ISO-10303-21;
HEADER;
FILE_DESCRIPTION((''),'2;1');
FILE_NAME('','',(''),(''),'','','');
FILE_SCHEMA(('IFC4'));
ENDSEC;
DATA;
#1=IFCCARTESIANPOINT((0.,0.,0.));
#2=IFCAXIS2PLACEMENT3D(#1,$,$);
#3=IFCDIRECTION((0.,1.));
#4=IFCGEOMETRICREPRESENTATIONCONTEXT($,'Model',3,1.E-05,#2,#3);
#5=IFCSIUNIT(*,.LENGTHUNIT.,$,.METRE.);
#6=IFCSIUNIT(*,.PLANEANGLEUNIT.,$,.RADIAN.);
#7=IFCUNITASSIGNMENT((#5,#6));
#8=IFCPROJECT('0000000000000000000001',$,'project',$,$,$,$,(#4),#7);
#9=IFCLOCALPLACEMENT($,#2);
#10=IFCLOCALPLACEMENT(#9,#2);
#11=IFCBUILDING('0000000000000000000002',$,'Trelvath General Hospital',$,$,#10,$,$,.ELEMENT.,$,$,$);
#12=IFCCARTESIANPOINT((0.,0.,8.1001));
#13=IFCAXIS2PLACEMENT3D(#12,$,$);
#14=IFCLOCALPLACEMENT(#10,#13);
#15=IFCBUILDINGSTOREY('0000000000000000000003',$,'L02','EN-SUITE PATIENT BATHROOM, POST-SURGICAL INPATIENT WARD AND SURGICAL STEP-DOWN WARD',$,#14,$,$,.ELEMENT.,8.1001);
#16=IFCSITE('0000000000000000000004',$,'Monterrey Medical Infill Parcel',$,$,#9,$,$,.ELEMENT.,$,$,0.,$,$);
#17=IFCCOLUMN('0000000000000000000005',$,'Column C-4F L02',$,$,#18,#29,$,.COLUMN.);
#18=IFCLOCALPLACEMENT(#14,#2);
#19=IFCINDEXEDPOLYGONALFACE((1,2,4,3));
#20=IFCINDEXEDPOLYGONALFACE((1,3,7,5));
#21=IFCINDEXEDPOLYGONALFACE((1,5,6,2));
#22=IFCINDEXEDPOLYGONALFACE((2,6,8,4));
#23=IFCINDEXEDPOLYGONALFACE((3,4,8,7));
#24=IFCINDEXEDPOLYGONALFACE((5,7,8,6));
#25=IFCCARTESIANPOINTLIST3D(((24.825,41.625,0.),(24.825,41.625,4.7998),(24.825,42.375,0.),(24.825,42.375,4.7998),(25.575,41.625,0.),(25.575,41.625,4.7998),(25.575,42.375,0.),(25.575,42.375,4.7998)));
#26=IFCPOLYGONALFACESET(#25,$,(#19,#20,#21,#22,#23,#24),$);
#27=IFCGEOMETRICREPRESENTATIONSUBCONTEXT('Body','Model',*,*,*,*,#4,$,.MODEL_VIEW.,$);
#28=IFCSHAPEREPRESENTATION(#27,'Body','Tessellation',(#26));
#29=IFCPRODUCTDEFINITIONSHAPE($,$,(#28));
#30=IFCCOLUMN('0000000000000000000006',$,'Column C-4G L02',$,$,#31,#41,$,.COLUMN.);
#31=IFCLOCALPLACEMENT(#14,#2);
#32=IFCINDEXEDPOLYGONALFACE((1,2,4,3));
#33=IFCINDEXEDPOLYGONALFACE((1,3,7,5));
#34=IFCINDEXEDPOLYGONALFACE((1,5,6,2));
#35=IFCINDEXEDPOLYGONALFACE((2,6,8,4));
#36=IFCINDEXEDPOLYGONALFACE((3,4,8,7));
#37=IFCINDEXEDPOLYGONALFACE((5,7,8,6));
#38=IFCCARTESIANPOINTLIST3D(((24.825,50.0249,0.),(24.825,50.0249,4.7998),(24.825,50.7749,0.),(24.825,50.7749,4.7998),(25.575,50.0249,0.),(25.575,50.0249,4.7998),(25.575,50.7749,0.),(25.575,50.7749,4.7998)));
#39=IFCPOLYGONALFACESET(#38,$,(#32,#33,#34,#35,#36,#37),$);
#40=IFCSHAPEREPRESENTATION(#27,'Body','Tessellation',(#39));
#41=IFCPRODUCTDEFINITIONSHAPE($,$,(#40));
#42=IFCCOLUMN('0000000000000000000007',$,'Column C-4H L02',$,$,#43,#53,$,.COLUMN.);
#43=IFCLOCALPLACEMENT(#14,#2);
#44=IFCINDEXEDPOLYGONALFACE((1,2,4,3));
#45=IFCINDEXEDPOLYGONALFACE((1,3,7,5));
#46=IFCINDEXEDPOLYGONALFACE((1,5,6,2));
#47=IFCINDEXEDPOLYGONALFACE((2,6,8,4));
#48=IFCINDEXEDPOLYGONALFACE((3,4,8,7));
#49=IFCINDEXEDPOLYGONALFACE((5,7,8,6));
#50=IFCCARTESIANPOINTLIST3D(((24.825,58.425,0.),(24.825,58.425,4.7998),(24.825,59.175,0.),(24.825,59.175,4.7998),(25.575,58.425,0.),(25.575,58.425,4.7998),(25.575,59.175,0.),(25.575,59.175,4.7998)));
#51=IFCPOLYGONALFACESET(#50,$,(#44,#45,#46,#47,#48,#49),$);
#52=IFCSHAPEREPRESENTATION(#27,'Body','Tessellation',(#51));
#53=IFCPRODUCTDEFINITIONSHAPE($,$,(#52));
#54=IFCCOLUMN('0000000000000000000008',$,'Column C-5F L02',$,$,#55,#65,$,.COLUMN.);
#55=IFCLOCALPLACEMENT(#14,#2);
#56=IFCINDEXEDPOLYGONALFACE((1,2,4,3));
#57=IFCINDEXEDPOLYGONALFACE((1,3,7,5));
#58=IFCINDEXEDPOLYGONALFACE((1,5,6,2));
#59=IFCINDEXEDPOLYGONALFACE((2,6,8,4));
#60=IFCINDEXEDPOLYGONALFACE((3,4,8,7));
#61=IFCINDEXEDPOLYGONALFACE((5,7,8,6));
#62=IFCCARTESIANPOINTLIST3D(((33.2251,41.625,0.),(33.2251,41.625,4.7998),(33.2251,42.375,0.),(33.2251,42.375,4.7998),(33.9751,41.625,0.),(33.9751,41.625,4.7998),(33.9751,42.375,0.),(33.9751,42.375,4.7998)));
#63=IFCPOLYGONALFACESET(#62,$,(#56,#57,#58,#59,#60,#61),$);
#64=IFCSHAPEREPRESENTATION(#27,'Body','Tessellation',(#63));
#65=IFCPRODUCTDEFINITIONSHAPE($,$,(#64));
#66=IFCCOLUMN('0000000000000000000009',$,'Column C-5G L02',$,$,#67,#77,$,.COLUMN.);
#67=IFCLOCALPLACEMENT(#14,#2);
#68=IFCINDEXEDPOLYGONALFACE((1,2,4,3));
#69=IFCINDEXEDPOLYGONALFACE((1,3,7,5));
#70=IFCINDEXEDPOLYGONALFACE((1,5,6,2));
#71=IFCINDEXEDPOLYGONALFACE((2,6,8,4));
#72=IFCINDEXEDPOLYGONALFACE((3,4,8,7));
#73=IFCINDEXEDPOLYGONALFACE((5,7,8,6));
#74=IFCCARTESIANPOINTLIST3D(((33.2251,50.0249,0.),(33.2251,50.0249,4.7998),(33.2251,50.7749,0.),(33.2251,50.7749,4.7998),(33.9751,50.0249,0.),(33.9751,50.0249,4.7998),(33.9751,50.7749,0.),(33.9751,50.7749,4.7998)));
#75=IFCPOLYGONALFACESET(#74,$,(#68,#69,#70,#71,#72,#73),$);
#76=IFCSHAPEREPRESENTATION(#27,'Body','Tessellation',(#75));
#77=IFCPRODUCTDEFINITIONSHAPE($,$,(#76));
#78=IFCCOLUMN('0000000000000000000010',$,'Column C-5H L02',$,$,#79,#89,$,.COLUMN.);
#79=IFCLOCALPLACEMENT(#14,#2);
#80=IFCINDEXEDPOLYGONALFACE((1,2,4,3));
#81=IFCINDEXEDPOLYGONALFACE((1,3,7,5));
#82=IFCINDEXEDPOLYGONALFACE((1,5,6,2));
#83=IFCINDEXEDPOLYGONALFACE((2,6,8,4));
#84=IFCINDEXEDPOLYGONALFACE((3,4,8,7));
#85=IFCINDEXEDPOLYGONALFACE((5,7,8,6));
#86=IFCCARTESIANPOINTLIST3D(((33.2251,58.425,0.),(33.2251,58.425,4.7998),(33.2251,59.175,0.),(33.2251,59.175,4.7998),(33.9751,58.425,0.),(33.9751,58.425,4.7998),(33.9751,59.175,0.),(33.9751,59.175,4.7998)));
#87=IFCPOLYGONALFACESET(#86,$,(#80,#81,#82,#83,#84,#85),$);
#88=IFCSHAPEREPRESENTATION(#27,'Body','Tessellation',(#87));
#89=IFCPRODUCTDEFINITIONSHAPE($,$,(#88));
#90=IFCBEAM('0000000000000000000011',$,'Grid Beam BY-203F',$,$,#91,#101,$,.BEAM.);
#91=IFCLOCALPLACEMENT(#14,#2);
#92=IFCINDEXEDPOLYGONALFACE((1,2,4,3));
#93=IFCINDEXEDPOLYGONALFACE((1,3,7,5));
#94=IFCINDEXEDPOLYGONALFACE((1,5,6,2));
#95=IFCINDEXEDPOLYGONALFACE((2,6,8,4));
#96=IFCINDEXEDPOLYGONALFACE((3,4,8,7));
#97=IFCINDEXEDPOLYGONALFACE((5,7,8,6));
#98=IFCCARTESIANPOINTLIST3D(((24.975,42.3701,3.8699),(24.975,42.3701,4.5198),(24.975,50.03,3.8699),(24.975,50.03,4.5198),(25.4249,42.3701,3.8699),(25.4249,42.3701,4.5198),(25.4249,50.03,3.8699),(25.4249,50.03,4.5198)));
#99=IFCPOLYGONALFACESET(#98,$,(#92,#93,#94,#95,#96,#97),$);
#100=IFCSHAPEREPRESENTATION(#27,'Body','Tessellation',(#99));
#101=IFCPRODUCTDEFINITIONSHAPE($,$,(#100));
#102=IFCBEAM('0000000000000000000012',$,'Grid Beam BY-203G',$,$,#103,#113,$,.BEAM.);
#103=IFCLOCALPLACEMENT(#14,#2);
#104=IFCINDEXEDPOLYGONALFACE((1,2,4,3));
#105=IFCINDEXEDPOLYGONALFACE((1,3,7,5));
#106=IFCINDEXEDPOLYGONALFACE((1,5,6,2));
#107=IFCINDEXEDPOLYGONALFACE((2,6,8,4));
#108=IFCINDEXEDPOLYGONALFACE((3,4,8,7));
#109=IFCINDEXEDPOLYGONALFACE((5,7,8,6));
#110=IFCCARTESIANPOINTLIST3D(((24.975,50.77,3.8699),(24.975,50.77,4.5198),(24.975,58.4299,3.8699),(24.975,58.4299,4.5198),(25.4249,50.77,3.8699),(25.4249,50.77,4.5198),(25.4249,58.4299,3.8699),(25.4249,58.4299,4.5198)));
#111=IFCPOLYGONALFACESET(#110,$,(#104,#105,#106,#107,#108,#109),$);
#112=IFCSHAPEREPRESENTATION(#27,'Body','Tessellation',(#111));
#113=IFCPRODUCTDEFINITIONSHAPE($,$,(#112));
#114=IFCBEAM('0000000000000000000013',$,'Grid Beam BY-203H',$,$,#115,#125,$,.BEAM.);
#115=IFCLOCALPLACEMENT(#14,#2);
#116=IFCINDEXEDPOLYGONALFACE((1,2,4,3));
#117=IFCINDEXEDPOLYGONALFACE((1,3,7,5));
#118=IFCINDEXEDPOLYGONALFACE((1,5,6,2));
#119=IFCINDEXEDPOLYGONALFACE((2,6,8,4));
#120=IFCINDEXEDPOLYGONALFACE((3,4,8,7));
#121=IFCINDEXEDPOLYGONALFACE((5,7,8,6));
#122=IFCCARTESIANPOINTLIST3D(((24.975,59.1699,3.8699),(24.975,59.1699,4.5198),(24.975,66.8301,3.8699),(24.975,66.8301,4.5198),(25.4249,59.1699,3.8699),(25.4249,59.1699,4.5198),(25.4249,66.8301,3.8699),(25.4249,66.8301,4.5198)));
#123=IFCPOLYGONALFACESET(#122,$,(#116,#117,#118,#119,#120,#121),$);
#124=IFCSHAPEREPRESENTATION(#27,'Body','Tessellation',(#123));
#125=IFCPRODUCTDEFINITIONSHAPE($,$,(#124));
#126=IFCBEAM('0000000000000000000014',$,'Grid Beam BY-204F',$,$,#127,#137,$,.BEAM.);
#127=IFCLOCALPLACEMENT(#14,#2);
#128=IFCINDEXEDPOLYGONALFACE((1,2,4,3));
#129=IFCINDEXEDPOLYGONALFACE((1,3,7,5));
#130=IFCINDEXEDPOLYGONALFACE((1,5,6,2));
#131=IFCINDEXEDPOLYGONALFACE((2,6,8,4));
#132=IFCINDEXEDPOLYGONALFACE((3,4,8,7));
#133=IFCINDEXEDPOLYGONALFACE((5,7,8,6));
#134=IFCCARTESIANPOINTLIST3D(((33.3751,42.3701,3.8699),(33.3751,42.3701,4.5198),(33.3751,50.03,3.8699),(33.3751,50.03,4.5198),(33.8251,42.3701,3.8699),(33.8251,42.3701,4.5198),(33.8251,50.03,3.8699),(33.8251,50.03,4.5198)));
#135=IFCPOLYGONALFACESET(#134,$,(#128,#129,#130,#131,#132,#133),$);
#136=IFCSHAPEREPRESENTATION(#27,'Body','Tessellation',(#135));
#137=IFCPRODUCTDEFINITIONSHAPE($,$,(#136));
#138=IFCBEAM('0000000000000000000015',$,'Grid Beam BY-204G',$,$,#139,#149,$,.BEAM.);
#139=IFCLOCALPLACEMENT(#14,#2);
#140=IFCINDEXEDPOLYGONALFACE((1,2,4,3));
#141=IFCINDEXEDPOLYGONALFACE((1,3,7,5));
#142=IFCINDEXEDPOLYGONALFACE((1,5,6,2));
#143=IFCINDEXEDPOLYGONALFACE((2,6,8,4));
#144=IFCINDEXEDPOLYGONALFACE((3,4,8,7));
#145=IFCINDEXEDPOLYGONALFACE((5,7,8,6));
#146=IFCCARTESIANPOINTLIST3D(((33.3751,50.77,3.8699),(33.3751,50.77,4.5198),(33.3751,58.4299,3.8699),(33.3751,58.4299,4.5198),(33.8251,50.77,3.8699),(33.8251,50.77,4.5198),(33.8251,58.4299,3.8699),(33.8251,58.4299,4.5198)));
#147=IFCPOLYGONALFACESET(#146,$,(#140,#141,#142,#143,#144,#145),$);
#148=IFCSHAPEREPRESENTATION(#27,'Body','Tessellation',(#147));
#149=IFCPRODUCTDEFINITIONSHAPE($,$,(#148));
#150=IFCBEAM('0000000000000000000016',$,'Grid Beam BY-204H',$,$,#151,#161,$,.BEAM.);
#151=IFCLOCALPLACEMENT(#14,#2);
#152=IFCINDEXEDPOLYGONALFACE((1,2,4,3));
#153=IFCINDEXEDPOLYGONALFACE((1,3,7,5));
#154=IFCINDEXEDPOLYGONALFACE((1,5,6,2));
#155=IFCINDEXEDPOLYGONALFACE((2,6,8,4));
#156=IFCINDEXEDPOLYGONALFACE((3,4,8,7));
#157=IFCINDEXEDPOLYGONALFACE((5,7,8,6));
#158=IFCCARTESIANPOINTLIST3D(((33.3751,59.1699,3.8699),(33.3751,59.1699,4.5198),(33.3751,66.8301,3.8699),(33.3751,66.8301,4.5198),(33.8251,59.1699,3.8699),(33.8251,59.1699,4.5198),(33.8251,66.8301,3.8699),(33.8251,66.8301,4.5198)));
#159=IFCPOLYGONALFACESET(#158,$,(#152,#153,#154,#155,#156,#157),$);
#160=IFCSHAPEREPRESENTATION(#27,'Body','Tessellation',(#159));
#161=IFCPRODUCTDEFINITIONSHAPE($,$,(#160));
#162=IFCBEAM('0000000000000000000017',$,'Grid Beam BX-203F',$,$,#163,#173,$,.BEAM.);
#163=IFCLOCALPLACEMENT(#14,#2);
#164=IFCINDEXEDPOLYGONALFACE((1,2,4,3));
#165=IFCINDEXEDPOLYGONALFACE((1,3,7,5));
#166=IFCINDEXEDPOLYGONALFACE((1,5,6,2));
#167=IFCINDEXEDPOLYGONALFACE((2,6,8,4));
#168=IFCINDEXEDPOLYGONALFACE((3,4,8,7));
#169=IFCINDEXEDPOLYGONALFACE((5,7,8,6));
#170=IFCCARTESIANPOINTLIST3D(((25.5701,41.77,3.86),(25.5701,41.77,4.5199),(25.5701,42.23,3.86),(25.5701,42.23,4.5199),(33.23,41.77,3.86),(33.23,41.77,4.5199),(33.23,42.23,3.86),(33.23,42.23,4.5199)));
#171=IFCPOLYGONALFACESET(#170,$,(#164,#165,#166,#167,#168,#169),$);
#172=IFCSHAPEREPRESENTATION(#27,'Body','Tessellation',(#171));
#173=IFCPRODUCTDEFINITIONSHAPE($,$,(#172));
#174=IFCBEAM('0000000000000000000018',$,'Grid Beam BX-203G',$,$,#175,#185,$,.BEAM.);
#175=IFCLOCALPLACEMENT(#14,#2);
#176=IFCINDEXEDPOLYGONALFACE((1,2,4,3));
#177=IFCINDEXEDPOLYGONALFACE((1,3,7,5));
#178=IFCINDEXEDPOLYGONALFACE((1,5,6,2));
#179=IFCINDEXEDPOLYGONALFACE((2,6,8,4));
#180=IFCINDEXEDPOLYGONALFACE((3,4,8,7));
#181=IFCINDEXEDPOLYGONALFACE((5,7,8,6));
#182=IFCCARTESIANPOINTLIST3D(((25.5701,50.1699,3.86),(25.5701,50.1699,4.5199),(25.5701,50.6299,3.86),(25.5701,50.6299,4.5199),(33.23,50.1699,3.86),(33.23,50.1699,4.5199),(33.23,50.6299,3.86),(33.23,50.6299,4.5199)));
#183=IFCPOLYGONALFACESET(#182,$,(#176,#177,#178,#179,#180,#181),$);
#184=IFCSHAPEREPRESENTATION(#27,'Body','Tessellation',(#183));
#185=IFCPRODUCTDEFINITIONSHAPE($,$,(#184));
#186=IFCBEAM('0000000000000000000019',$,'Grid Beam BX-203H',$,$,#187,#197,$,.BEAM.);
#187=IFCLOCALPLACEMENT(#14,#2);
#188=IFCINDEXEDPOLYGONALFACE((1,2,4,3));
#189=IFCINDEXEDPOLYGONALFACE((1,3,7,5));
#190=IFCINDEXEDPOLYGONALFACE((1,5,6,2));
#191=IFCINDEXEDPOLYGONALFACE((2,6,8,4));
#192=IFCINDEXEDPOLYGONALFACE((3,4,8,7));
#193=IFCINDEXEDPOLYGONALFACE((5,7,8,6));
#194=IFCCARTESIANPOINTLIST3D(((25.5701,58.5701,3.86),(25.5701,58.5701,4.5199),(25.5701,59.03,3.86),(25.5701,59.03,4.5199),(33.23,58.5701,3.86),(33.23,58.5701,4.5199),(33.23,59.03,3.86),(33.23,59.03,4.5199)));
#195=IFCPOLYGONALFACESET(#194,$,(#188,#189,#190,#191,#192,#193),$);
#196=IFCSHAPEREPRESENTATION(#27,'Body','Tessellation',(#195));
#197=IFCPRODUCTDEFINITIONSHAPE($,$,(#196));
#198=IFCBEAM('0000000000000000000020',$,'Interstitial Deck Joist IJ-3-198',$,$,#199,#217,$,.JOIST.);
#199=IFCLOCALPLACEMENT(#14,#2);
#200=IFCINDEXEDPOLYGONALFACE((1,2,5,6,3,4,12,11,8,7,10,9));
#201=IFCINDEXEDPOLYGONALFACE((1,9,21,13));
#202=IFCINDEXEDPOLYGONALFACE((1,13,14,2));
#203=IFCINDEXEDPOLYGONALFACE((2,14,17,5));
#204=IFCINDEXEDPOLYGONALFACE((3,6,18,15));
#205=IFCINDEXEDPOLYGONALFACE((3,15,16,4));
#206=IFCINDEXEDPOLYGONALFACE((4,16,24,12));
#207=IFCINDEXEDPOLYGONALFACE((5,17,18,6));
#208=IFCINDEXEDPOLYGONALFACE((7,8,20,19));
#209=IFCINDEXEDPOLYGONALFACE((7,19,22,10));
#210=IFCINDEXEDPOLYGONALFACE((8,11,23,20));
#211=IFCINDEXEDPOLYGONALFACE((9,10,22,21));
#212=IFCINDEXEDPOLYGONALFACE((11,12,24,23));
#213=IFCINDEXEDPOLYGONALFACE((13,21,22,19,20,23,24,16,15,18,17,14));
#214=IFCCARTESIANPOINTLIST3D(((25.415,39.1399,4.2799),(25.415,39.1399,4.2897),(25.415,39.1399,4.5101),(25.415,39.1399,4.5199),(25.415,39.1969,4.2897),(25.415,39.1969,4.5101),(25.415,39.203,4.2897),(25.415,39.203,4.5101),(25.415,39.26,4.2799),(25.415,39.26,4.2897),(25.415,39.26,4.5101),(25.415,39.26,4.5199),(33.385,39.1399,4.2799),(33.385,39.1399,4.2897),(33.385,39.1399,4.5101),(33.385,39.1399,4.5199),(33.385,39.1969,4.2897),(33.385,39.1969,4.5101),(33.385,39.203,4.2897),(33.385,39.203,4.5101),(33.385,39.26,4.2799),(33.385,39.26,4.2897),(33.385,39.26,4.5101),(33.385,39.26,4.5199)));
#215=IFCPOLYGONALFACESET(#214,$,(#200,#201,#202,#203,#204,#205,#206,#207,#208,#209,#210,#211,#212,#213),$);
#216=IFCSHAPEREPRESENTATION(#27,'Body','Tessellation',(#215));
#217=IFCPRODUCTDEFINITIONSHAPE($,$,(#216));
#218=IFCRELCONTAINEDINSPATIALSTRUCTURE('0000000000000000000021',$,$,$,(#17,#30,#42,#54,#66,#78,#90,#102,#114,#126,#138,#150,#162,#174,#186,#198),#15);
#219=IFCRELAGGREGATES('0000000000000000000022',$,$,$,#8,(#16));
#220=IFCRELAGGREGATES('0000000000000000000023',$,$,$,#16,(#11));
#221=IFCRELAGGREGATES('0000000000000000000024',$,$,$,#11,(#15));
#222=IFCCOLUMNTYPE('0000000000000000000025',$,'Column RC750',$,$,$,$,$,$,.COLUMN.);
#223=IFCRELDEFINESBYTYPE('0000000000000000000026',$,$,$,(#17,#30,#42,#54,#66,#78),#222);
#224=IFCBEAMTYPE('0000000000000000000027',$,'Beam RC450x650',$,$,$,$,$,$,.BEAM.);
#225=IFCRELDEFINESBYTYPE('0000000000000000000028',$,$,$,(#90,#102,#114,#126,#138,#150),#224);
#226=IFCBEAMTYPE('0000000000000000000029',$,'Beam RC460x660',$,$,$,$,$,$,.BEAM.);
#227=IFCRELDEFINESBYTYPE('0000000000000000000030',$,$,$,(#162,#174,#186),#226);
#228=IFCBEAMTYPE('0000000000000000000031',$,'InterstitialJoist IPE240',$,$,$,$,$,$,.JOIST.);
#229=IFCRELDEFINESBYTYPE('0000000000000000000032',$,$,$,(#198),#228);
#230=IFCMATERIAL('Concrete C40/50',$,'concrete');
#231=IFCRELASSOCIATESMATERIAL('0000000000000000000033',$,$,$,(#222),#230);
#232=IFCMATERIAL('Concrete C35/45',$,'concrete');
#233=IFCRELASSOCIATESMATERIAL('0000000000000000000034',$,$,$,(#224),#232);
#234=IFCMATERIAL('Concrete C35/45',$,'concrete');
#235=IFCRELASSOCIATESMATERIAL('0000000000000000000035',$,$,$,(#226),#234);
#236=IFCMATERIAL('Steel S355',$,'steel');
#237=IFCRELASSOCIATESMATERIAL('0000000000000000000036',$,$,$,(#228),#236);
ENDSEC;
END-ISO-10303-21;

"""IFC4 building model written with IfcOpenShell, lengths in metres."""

from ifc_helpers import new_model, si_unit, direction, frame, origin, origin_2d, place, context, subcontext, project, spatial, rectangle, i_section, extrude, material, material_profile, profile_set, type_object, element, save


model = new_model("IFC4")

# Units and contexts
model_context = context("Model", 3, precision=1e-05, world=origin(), true_north=direction((0.0, 1.0)))
body_context = subcontext(model_context, "Body", "Model", "MODEL_VIEW")
ifc_project = project(units=[si_unit("LENGTHUNIT", "METRE"), si_unit("PLANEANGLEUNIT", "RADIAN")], contexts=[model_context])

# Site, building, storey
site_placement = place(None, origin())
site = spatial("IfcSite", under=ifc_project, at=site_placement, Name="Monterrey Medical Infill Parcel", CompositionType="ELEMENT", RefElevation=0.0)
building_placement = place(site_placement, origin())
building = spatial("IfcBuilding", under=site, at=building_placement, Name="Trelvath General Hospital", CompositionType="ELEMENT")
storey_placement = place(building_placement, frame((0.0, 0.0, 8.1001)))
storey = spatial("IfcBuildingStorey", under=building, at=storey_placement, Name="L02", Description="EN-SUITE PATIENT BATHROOM, POST-SURGICAL INPATIENT WARD AND SURGICAL STEP-DOWN WARD", CompositionType="ELEMENT", Elevation=8.1001)

# Columns
ifc_material_1 = material(Name="Concrete C40/50", Category="concrete")
ifc_material_profile_1 = material_profile(ifc_material_1, rectangle(XDim=0.75, YDim=0.75, at=origin_2d()), Name="RC750x750")
ifc_profile_set_1 = profile_set([ifc_material_profile_1], Name="Concrete C40/50")
column_type = type_object("IfcColumnType", Name="Column RC750", PredefinedType="COLUMN", material=ifc_profile_set_1)
for number, where, z_axis, x_axis, name in (
    (1, (25.2, 42.0, 0.0), (0.0, 0.0, 1.0), (1.0, 0.0, 0.0), "Column C-4F L02"),
    (2, (25.2, 50.3999, 0.0), (0.0, 0.0, 1.0), (1.0, 0.0, 0.0), "Column C-4G L02"),
    (3, (25.2, 58.8, 0.0), (0.0, 0.0, 1.0), (1.0, 0.0, 0.0), "Column C-4H L02"),
    (4, (33.6001, 42.0, 0.0), (0.0, 0.0, 1.0), (1.0, 0.0, 0.0), "Column C-5F L02"),
    (5, (33.6001, 50.3999, 0.0), (0.0, 0.0, 1.0), (1.0, 0.0, 0.0), "Column C-5G L02"),
    (6, (33.6001, 58.8, 0.0), (0.0, 0.0, 1.0), (1.0, 0.0, 0.0), "Column C-5H L02"),
):
    element("IfcColumn", number, at=place(storey_placement, frame(where, z_axis=z_axis, x_axis=x_axis)), inside=storey, type_object=column_type, Name=name, PredefinedType="COLUMN", context=body_context, shape_type="SweptSolid", body=[
        extrude(rectangle(XDim=0.75, YDim=0.75, at=origin_2d()), origin(), (0.0, 0.0, 1.0), 4.7998),
    ])

# Beams
ifc_material_2 = material(Name="Concrete C35/45", Category="concrete")
ifc_material_profile_2 = material_profile(ifc_material_2, rectangle(XDim=0.45, YDim=0.6499, at=origin_2d()), Name="RCB450x650")
ifc_profile_set_2 = profile_set([ifc_material_profile_2], Name="Concrete C35/45")
beam_type_1 = type_object("IfcBeamType", Name="Beam RC450x650", PredefinedType="BEAM", material=ifc_profile_set_2)
for number, where, z_axis, x_axis, name in (
    (7, (25.2, 42.3701, 4.1948), (0.0, 1.0, 0.0), (-1.0, 0.0, 0.0), "Grid Beam BY-203F"),
    (8, (25.2, 50.77, 4.1948), (0.0, 1.0, 0.0), (-1.0, 0.0, 0.0), "Grid Beam BY-203G"),
):
    element("IfcBeam", number, at=place(storey_placement, frame(where, z_axis=z_axis, x_axis=x_axis)), inside=storey, type_object=beam_type_1, Name=name, PredefinedType="BEAM", context=body_context, shape_type="SweptSolid", body=[
        extrude(rectangle(XDim=0.45, YDim=0.6499, at=origin_2d()), origin(), (0.0, 0.0, 1.0), 7.6599),
    ])
beam_1_placement = place(storey_placement, frame((25.2, 59.1699, 4.1948), z_axis=(0.0, 1.0, 0.0), x_axis=(-1.0, 0.0, 0.0)))
element("IfcBeam", 9, at=beam_1_placement, inside=storey, type_object=beam_type_1, Name="Grid Beam BY-203H", PredefinedType="BEAM", context=body_context, shape_type="SweptSolid", body=[
    extrude(rectangle(XDim=0.45, YDim=0.6499, at=origin_2d()), origin(), (0.0, 0.0, 1.0), 7.6602),
])
for number, where, z_axis, x_axis, name in (
    (10, (33.6001, 42.3701, 4.1948), (0.0, 1.0, 0.0), (-1.0, 0.0, 0.0), "Grid Beam BY-204F"),
    (11, (33.6001, 50.77, 4.1948), (0.0, 1.0, 0.0), (-1.0, 0.0, 0.0), "Grid Beam BY-204G"),
):
    element("IfcBeam", number, at=place(storey_placement, frame(where, z_axis=z_axis, x_axis=x_axis)), inside=storey, type_object=beam_type_1, Name=name, PredefinedType="BEAM", context=body_context, shape_type="SweptSolid", body=[
        extrude(rectangle(XDim=0.45, YDim=0.6499, at=origin_2d()), origin(), (0.0, 0.0, 1.0), 7.6599),
    ])
beam_2_placement = place(storey_placement, frame((33.6001, 59.1699, 4.1948), z_axis=(0.0, 1.0, 0.0), x_axis=(-1.0, 0.0, 0.0)))
element("IfcBeam", 12, at=beam_2_placement, inside=storey, type_object=beam_type_1, Name="Grid Beam BY-204H", PredefinedType="BEAM", context=body_context, shape_type="SweptSolid", body=[
    extrude(rectangle(XDim=0.45, YDim=0.6499, at=origin_2d()), origin(), (0.0, 0.0, 1.0), 7.6602),
])
ifc_material_3 = material(Name="Concrete C35/45", Category="concrete")
ifc_material_profile_3 = material_profile(ifc_material_3, rectangle(XDim=0.46, YDim=0.6599, at=origin_2d()), Name="RCB460x660")
ifc_profile_set_3 = profile_set([ifc_material_profile_3], Name="Concrete C35/45")
beam_type_2 = type_object("IfcBeamType", Name="Beam RC460x660", PredefinedType="BEAM", material=ifc_profile_set_3)
for number, where, z_axis, x_axis, name in (
    (13, (25.5701, 42.0, 4.1899), (1.0, 0.0, 0.0), (0.0, 1.0, 0.0), "Grid Beam BX-203F"),
    (14, (25.5701, 50.3999, 4.1899), (1.0, 0.0, 0.0), (0.0, 1.0, 0.0), "Grid Beam BX-203G"),
    (15, (25.5701, 58.8, 4.1899), (1.0, 0.0, 0.0), (0.0, 1.0, 0.0), "Grid Beam BX-203H"),
):
    element("IfcBeam", number, at=place(storey_placement, frame(where, z_axis=z_axis, x_axis=x_axis)), inside=storey, type_object=beam_type_2, Name=name, PredefinedType="BEAM", context=body_context, shape_type="SweptSolid", body=[
        extrude(rectangle(XDim=0.46, YDim=0.6599, at=origin_2d()), origin(), (0.0, 0.0, 1.0), 7.6599),
    ])
ifc_material_4 = material(Name="Steel S355", Category="steel")
ifc_material_profile_4 = material_profile(ifc_material_4, i_section(OverallWidth=0.1201, OverallDepth=0.24, WebThickness=0.0061, FlangeThickness=0.0098, at=origin_2d()), Name="IPE240")
ifc_profile_set_4 = profile_set([ifc_material_profile_4], Name="Steel S355")
beam_type_3 = type_object("IfcBeamType", Name="InterstitialJoist IPE240", PredefinedType="JOIST", material=ifc_profile_set_4)
for number, where, z_axis, x_axis, name in (
    (16, (25.415, 39.2, 4.3999), (1.0, 0.0, 0.0), (0.0, 1.0, 0.0), "Interstitial Deck Joist IJ-3-198"),
):
    element("IfcBeam", number, at=place(storey_placement, frame(where, z_axis=z_axis, x_axis=x_axis)), inside=storey, type_object=beam_type_3, Name=name, PredefinedType="JOIST", context=body_context, shape_type="SweptSolid", body=[
        extrude(i_section(OverallWidth=0.1201, OverallDepth=0.24, WebThickness=0.0061, FlangeThickness=0.0098, at=origin_2d()), origin(), (0.0, 0.0, 1.0), 7.97),
    ])

save(model, "model.ifc")
